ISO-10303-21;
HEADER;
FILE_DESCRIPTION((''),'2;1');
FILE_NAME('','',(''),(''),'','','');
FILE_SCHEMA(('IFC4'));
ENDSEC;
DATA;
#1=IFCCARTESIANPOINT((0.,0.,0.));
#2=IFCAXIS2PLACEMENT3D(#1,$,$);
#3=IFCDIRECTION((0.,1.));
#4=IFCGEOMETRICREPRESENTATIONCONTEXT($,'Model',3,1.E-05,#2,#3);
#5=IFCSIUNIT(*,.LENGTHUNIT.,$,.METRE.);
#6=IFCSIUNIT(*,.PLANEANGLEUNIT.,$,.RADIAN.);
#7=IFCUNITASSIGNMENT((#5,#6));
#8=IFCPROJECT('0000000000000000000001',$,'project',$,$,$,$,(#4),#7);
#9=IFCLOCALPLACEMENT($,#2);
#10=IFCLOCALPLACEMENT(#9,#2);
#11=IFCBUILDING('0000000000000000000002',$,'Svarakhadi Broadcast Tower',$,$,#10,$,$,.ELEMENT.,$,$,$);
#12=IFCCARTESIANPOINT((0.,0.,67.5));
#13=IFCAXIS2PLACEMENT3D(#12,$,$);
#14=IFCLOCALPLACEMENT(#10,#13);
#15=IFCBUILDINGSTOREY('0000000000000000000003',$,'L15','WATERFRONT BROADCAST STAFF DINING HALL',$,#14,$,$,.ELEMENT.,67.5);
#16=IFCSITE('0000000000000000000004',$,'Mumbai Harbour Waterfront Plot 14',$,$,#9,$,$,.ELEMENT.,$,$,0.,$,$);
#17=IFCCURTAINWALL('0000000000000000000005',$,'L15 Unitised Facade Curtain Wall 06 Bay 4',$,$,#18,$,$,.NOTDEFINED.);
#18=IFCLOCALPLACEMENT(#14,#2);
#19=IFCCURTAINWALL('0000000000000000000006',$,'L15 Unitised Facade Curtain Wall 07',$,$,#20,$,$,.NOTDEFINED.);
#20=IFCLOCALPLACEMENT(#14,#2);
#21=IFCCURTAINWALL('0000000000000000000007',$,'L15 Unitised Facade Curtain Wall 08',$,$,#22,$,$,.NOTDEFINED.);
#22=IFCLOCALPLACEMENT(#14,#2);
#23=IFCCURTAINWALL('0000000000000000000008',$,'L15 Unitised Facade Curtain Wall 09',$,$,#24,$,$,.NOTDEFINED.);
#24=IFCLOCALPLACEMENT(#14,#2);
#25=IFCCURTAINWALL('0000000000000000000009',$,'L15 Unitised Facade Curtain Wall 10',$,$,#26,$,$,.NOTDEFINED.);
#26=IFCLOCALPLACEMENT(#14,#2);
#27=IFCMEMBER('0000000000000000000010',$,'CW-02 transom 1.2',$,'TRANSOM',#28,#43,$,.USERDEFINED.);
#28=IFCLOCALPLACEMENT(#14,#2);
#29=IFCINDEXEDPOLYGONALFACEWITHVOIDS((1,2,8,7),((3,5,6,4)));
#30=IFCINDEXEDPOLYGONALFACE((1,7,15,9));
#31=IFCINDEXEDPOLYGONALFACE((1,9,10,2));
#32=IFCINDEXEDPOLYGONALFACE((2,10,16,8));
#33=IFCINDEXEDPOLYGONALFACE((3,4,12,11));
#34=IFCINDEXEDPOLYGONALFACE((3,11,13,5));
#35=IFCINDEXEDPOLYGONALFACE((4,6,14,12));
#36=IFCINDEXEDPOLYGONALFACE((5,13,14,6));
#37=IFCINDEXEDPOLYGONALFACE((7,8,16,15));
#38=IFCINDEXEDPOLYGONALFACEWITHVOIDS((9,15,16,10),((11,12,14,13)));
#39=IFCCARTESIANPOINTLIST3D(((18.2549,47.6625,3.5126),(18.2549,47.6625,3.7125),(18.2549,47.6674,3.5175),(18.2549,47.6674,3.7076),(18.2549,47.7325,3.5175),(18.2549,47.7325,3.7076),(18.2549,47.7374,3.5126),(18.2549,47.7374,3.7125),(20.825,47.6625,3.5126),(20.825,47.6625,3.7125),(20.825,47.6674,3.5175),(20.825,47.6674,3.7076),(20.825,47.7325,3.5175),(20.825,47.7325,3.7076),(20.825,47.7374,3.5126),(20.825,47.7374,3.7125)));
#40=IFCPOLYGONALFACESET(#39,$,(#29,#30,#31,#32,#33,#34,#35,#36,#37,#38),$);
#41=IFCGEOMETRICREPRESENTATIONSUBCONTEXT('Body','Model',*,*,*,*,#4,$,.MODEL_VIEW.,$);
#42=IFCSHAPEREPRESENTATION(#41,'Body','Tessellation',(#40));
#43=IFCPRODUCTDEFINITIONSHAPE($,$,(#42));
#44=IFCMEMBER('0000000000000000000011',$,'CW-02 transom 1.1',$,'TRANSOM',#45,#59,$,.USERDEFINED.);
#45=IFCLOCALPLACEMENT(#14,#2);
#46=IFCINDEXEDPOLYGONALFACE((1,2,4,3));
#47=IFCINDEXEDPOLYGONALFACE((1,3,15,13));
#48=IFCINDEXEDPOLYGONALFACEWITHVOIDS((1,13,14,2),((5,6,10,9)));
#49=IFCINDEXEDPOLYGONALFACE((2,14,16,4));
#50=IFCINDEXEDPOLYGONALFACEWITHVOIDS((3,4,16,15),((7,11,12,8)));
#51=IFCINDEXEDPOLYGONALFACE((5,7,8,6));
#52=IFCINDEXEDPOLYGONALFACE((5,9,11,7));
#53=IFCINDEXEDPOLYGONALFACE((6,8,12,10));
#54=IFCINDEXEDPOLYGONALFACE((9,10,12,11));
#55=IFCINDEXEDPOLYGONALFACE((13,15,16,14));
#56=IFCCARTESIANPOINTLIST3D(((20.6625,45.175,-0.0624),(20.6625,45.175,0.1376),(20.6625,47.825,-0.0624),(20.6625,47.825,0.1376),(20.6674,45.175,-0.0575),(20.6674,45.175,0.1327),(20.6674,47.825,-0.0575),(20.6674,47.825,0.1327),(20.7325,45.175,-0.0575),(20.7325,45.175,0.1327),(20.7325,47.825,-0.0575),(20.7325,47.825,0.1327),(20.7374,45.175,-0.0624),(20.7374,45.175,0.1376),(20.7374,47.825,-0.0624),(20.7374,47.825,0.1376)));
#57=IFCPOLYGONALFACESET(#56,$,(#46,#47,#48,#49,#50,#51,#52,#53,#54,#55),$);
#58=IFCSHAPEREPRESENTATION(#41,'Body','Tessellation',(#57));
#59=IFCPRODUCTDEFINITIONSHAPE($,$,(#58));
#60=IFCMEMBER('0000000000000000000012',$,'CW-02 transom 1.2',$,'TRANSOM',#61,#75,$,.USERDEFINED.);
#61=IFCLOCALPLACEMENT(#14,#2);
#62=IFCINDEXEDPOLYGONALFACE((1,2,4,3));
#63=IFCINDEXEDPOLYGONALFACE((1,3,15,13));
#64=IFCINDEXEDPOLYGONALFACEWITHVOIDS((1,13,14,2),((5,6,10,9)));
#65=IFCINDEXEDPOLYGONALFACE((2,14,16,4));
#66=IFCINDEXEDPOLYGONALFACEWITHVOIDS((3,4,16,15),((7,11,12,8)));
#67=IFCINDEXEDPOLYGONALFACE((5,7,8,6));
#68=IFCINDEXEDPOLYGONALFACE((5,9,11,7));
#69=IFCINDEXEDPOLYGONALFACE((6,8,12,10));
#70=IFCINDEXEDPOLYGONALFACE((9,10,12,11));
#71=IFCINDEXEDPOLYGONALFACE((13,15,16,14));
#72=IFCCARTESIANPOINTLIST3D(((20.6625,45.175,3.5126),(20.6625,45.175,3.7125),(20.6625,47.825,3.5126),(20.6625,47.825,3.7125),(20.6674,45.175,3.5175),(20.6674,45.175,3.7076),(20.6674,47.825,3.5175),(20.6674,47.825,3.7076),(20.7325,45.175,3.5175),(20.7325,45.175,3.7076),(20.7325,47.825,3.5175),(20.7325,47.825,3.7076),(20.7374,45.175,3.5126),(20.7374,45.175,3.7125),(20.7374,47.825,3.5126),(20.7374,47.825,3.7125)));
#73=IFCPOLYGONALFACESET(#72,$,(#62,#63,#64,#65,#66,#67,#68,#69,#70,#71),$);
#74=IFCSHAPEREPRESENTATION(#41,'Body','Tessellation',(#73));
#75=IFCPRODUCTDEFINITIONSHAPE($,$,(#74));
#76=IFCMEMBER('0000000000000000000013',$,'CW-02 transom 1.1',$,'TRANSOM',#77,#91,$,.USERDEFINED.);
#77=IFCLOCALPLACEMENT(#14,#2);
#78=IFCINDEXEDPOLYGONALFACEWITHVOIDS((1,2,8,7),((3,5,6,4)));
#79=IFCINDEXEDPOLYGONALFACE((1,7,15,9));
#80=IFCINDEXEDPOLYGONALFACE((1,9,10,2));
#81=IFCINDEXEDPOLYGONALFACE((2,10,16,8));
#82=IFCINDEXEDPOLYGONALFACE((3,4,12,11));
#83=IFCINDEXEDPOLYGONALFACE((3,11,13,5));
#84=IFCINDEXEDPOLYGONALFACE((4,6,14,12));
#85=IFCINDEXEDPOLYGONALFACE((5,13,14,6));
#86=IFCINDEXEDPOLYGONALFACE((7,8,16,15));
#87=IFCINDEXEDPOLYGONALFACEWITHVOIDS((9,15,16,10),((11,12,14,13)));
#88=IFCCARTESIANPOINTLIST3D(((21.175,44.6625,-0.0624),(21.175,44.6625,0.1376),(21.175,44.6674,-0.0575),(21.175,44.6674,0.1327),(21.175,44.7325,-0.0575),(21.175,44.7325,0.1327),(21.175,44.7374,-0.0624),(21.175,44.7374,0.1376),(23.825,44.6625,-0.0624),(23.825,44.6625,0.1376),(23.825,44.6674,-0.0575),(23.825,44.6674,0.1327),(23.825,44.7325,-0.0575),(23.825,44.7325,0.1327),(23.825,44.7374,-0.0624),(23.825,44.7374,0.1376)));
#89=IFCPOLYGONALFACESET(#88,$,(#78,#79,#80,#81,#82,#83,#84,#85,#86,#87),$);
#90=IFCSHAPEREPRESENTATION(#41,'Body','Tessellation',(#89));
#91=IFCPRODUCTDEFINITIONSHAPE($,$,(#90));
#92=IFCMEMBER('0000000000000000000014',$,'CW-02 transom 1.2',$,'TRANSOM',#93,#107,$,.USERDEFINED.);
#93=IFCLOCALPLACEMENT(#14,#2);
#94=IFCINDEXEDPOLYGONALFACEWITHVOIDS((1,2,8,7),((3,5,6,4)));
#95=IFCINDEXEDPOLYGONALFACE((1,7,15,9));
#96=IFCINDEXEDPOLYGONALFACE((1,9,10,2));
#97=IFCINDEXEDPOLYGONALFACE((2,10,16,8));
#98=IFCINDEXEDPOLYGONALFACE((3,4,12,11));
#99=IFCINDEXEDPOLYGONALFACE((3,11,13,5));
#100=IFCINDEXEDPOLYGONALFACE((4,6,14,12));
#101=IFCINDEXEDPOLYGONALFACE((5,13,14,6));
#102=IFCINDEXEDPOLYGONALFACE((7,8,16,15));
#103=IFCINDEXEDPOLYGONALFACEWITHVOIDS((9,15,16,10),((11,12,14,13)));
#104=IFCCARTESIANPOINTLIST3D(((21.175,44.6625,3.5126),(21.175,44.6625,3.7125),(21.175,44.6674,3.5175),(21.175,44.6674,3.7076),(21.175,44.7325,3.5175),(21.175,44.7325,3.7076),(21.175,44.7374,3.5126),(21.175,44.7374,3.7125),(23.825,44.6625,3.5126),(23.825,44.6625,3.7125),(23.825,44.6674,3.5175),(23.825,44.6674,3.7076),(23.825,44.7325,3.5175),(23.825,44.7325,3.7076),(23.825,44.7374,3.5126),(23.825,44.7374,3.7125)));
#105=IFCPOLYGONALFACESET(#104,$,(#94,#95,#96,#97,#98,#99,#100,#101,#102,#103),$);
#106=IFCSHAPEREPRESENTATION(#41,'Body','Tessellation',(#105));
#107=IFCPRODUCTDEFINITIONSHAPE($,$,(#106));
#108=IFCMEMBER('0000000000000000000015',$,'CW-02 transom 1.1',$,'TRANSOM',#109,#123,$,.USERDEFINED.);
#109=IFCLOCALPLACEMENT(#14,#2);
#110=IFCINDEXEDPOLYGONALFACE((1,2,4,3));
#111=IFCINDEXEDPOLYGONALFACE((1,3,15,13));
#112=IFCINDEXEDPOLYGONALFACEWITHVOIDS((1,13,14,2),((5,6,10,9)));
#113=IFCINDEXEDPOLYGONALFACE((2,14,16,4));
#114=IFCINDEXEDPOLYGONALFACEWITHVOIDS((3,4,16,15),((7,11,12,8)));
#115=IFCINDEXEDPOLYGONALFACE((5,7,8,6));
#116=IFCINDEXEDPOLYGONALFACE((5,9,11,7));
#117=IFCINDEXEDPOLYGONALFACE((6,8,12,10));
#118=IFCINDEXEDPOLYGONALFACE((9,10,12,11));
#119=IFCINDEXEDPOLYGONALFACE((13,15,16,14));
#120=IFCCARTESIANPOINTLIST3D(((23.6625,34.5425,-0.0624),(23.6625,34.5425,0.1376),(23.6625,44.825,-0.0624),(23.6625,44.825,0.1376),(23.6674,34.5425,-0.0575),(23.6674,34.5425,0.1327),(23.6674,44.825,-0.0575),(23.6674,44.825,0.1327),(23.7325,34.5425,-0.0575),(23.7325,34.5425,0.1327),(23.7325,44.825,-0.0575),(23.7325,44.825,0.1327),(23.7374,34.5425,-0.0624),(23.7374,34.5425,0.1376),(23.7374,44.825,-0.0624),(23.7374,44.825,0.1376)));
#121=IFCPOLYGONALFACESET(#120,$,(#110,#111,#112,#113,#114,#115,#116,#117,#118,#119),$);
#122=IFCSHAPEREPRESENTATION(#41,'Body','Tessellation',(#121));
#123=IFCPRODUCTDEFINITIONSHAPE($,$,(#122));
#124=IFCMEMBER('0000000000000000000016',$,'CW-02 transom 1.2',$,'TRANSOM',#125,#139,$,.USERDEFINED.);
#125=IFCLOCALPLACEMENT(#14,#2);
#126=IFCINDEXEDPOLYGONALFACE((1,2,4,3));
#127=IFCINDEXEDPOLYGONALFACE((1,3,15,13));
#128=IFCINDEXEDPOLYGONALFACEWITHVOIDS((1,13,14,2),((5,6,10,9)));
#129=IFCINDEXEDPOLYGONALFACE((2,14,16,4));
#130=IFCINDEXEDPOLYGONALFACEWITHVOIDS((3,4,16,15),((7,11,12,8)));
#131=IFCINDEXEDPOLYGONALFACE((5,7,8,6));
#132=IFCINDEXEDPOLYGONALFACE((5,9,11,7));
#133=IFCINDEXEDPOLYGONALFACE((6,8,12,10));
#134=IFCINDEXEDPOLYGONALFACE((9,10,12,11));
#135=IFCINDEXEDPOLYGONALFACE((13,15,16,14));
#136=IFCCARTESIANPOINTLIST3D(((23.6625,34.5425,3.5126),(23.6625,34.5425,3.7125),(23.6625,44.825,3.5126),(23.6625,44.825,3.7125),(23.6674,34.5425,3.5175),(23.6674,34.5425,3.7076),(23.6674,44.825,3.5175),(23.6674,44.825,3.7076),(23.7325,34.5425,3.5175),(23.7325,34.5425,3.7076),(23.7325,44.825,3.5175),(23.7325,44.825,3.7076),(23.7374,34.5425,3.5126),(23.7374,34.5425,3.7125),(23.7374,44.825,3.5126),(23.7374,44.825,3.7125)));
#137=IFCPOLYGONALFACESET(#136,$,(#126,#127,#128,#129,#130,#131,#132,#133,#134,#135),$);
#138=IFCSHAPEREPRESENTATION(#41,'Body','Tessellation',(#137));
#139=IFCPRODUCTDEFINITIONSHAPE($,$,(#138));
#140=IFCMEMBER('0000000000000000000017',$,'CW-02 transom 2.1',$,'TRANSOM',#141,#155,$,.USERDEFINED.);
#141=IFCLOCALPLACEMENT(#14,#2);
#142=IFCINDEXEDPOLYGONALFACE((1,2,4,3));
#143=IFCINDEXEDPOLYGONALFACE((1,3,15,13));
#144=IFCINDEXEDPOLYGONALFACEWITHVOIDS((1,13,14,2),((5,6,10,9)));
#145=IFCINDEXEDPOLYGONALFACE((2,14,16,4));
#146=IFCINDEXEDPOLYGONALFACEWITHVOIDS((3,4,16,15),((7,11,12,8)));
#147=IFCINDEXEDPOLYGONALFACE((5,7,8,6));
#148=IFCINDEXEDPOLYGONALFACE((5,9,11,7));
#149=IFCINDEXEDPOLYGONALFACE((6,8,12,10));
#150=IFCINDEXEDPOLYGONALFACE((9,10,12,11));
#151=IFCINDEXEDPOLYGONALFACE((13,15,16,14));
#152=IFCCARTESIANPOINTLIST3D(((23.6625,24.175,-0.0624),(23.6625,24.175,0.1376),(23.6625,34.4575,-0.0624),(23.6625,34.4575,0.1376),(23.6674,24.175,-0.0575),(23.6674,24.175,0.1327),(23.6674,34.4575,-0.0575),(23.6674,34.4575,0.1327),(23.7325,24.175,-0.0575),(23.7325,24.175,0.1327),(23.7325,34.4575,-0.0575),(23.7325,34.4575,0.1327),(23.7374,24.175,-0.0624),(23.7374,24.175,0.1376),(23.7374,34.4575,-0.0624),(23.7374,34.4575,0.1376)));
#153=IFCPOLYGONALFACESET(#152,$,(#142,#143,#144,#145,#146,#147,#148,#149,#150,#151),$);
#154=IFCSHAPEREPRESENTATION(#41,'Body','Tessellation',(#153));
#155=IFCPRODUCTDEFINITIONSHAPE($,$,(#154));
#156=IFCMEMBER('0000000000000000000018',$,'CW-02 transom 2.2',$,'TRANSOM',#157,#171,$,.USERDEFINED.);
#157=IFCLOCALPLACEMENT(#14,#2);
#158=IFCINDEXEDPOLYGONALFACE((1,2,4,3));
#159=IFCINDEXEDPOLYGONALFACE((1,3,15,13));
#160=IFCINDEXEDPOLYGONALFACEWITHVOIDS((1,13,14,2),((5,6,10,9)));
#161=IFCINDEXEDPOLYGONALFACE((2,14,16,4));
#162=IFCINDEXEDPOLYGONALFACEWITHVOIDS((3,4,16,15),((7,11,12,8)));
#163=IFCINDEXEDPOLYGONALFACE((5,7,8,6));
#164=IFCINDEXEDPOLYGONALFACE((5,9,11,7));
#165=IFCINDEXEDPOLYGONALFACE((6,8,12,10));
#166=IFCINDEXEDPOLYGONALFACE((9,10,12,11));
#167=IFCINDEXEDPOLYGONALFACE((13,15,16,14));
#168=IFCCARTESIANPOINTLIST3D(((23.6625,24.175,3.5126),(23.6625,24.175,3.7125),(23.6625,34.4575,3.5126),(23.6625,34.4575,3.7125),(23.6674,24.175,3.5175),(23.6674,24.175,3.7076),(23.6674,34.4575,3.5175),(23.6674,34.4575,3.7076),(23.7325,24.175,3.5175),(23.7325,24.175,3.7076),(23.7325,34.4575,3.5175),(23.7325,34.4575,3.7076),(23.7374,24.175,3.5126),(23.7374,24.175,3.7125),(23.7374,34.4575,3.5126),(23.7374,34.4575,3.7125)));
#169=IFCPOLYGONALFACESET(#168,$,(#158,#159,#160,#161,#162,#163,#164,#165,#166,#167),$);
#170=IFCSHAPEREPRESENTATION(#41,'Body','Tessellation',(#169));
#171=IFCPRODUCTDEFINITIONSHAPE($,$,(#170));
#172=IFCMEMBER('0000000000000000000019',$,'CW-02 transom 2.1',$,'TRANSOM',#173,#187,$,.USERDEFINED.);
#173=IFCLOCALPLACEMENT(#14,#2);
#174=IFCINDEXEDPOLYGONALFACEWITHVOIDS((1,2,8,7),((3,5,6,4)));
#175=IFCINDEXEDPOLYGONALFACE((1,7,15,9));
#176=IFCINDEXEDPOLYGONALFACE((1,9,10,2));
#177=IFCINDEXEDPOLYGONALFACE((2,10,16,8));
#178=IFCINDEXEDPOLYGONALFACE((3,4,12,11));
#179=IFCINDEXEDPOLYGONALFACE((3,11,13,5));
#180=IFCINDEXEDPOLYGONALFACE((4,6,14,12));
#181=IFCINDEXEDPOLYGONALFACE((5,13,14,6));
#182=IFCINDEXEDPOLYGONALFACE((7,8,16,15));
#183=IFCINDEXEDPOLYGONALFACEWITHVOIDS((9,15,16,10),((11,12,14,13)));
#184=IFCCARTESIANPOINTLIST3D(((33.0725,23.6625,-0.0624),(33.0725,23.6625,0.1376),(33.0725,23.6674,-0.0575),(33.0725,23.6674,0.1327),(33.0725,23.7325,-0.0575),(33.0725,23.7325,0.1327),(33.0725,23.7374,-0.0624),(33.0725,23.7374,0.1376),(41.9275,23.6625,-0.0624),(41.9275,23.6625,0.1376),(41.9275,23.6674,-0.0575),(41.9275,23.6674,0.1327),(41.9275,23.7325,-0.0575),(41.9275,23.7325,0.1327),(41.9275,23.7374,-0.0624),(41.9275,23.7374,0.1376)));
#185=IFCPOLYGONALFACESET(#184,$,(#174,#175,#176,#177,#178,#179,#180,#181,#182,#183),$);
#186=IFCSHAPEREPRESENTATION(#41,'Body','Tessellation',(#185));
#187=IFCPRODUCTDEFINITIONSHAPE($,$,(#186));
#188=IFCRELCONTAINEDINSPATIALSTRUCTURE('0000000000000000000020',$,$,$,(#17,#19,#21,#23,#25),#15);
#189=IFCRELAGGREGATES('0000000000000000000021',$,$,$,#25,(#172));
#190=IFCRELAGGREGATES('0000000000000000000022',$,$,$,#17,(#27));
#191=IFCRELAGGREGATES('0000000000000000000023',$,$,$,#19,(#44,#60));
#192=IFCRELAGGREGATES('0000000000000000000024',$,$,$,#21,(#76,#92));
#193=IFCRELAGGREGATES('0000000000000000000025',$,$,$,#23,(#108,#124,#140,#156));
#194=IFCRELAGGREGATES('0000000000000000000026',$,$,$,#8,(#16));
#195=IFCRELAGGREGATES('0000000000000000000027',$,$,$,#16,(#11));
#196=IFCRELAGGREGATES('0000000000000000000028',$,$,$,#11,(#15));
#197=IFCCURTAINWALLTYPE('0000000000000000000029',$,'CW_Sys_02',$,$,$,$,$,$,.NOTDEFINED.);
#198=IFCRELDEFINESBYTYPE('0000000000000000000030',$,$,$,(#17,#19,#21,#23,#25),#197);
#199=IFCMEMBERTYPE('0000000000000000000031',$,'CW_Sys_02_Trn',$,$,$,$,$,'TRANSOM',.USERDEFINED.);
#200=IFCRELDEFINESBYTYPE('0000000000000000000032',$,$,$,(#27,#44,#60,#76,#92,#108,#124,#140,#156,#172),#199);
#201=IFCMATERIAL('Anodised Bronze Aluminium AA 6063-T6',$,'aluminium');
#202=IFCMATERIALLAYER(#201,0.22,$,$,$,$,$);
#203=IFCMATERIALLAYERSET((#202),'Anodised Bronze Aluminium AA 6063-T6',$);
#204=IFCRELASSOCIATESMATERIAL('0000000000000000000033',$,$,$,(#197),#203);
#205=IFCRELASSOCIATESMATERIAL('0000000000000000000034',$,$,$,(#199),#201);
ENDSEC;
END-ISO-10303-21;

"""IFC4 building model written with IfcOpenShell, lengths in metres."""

from ifc_helpers import new_model, si_unit, direction, frame, origin, origin_2d, place, context, subcontext, project, spatial, hollow_rectangle, extrude, material, layer, layer_set, material_profile, profile_set, type_object, element, aggregate, save


model = new_model("IFC4")

# Units and contexts
model_context = context("Model", 3, precision=1e-05, world=origin(), true_north=direction((0.0, 1.0)))
body_context = subcontext(model_context, "Body", "Model", "MODEL_VIEW")
ifc_project = project(units=[si_unit("LENGTHUNIT", "METRE"), si_unit("PLANEANGLEUNIT", "RADIAN")], contexts=[model_context])

# Site, building, storey
site_placement = place(None, origin())
site = spatial("IfcSite", under=ifc_project, at=site_placement, Name="Mumbai Harbour Waterfront Plot 14", CompositionType="ELEMENT", RefElevation=0.0)
building_placement = place(site_placement, origin())
building = spatial("IfcBuilding", under=site, at=building_placement, Name="Svarakhadi Broadcast Tower", CompositionType="ELEMENT")
storey_placement = place(building_placement, frame((0.0, 0.0, 67.5)))
storey = spatial("IfcBuildingStorey", under=building, at=storey_placement, Name="L15", Description="WATERFRONT BROADCAST STAFF DINING HALL", CompositionType="ELEMENT", Elevation=67.5)

# Curtain walls
ifc_material_1 = material(Name="Anodised Bronze Aluminium AA 6063-T6", Category="aluminium")
ifc_layer_1 = layer(ifc_material_1, 0.22)
ifc_layer_set_1 = layer_set([ifc_layer_1], Name="Anodised Bronze Aluminium AA 6063-T6")
curtain_wall_type = type_object("IfcCurtainWallType", Name="CW_Sys_02", PredefinedType="NOTDEFINED", material=ifc_layer_set_1)
curtain_wall_1_placement = place(storey_placement, origin())
curtain_wall_1 = element("IfcCurtainWall", 1, at=curtain_wall_1_placement, inside=storey, type_object=curtain_wall_type, Name="L15 Unitised Facade Curtain Wall 06 Bay 4", PredefinedType="NOTDEFINED")
curtain_wall_2_placement = place(storey_placement, origin())
curtain_wall_2 = element("IfcCurtainWall", 2, at=curtain_wall_2_placement, inside=storey, type_object=curtain_wall_type, Name="L15 Unitised Facade Curtain Wall 07", PredefinedType="NOTDEFINED")
curtain_wall_3_placement = place(storey_placement, origin())
curtain_wall_3 = element("IfcCurtainWall", 3, at=curtain_wall_3_placement, inside=storey, type_object=curtain_wall_type, Name="L15 Unitised Facade Curtain Wall 08", PredefinedType="NOTDEFINED")
curtain_wall_4_placement = place(storey_placement, origin())
curtain_wall_4 = element("IfcCurtainWall", 4, at=curtain_wall_4_placement, inside=storey, type_object=curtain_wall_type, Name="L15 Unitised Facade Curtain Wall 09", PredefinedType="NOTDEFINED")

# Curtain wall
curtain_wall_5_placement = place(storey_placement, origin())
curtain_wall_5 = element("IfcCurtainWall", 5, at=curtain_wall_5_placement, inside=storey, type_object=curtain_wall_type, Name="L15 Unitised Facade Curtain Wall 10", PredefinedType="NOTDEFINED")

# Members
ifc_material_profile_1 = material_profile(ifc_material_1, hollow_rectangle(XDim=0.075, YDim=0.2, WallThickness=0.0049, at=origin_2d()), Name="ALU TRANSOM 200x75x5")
ifc_profile_set_1 = profile_set([ifc_material_profile_1], Name="Anodised Bronze Aluminium AA 6063-T6")
member_type_1 = type_object("IfcMemberType", Name="CW_Sys_02_Trn", ElementType="TRANSOM", PredefinedType="USERDEFINED", material=ifc_profile_set_1)
member_1_placement = place(storey_placement, frame((18.2549, 47.7, 3.6125), z_axis=(1.0, 0.0, 0.0), x_axis=(0.0, 1.0, 0.0)))
member_1 = element("IfcMember", 6, at=member_1_placement, type_object=member_type_1, Name="CW-02 transom 1.2", ObjectType="TRANSOM", PredefinedType="USERDEFINED", context=body_context, shape_type="SweptSolid", body=[
    extrude(hollow_rectangle(XDim=0.075, YDim=0.2, WallThickness=0.0049, at=origin_2d()), origin(), (0.0, 0.0, 1.0), 2.5701),
])
member_2_placement = place(storey_placement, frame((20.7, 47.825, 0.0376), z_axis=(0.0, -1.0, 0.0), x_axis=(1.0, 0.0, 0.0)))
member_2 = element("IfcMember", 7, at=member_2_placement, type_object=member_type_1, Name="CW-02 transom 1.1", ObjectType="TRANSOM", PredefinedType="USERDEFINED", context=body_context, shape_type="SweptSolid", body=[
    extrude(hollow_rectangle(XDim=0.075, YDim=0.2, WallThickness=0.0049, at=origin_2d()), origin(), (0.0, 0.0, 1.0), 2.6499),
])
member_3_placement = place(storey_placement, frame((20.7, 47.825, 3.6125), z_axis=(0.0, -1.0, 0.0), x_axis=(1.0, 0.0, 0.0)))
member_3 = element("IfcMember", 8, at=member_3_placement, type_object=member_type_1, Name="CW-02 transom 1.2", ObjectType="TRANSOM", PredefinedType="USERDEFINED", context=body_context, shape_type="SweptSolid", body=[
    extrude(hollow_rectangle(XDim=0.075, YDim=0.2, WallThickness=0.0049, at=origin_2d()), origin(), (0.0, 0.0, 1.0), 2.6499),
])
member_4_placement = place(storey_placement, frame((21.175, 44.7, 0.0376), z_axis=(1.0, 0.0, 0.0), x_axis=(0.0, 1.0, 0.0)))
member_4 = element("IfcMember", 9, at=member_4_placement, type_object=member_type_1, Name="CW-02 transom 1.1", ObjectType="TRANSOM", PredefinedType="USERDEFINED", context=body_context, shape_type="SweptSolid", body=[
    extrude(hollow_rectangle(XDim=0.075, YDim=0.2, WallThickness=0.0049, at=origin_2d()), origin(), (0.0, 0.0, 1.0), 2.6499),
])
member_5_placement = place(storey_placement, frame((21.175, 44.7, 3.6125), z_axis=(1.0, 0.0, 0.0), x_axis=(0.0, 1.0, 0.0)))
member_5 = element("IfcMember", 10, at=member_5_placement, type_object=member_type_1, Name="CW-02 transom 1.2", ObjectType="TRANSOM", PredefinedType="USERDEFINED", context=body_context, shape_type="SweptSolid", body=[
    extrude(hollow_rectangle(XDim=0.075, YDim=0.2, WallThickness=0.0049, at=origin_2d()), origin(), (0.0, 0.0, 1.0), 2.6499),
])
member_6_placement = place(storey_placement, frame((23.7, 44.825, 0.0376), z_axis=(0.0, -1.0, 0.0), x_axis=(1.0, 0.0, 0.0)))
member_6 = element("IfcMember", 11, at=member_6_placement, type_object=member_type_1, Name="CW-02 transom 1.1", ObjectType="TRANSOM", PredefinedType="USERDEFINED", context=body_context, shape_type="SweptSolid", body=[
    extrude(hollow_rectangle(XDim=0.075, YDim=0.2, WallThickness=0.0049, at=origin_2d()), origin(), (0.0, 0.0, 1.0), 10.2825),
])
member_7_placement = place(storey_placement, frame((23.7, 44.825, 3.6125), z_axis=(0.0, -1.0, 0.0), x_axis=(1.0, 0.0, 0.0)))
member_7 = element("IfcMember", 12, at=member_7_placement, type_object=member_type_1, Name="CW-02 transom 1.2", ObjectType="TRANSOM", PredefinedType="USERDEFINED", context=body_context, shape_type="SweptSolid", body=[
    extrude(hollow_rectangle(XDim=0.075, YDim=0.2, WallThickness=0.0049, at=origin_2d()), origin(), (0.0, 0.0, 1.0), 10.2825),
])
member_8_placement = place(storey_placement, frame((23.7, 34.4575, 0.0376), z_axis=(0.0, -1.0, 0.0), x_axis=(1.0, 0.0, 0.0)))
member_8 = element("IfcMember", 13, at=member_8_placement, type_object=member_type_1, Name="CW-02 transom 2.1", ObjectType="TRANSOM", PredefinedType="USERDEFINED", context=body_context, shape_type="SweptSolid", body=[
    extrude(hollow_rectangle(XDim=0.075, YDim=0.2, WallThickness=0.0049, at=origin_2d()), origin(), (0.0, 0.0, 1.0), 10.2825),
])
member_9_placement = place(storey_placement, frame((23.7, 34.4575, 3.6125), z_axis=(0.0, -1.0, 0.0), x_axis=(1.0, 0.0, 0.0)))
member_9 = element("IfcMember", 14, at=member_9_placement, type_object=member_type_1, Name="CW-02 transom 2.2", ObjectType="TRANSOM", PredefinedType="USERDEFINED", context=body_context, shape_type="SweptSolid", body=[
    extrude(hollow_rectangle(XDim=0.075, YDim=0.2, WallThickness=0.0049, at=origin_2d()), origin(), (0.0, 0.0, 1.0), 10.2825),
])
member_10_placement = place(storey_placement, frame((33.0725, 23.7, 0.0376), z_axis=(1.0, 0.0, 0.0), x_axis=(0.0, 1.0, 0.0)))
member_10 = element("IfcMember", 15, at=member_10_placement, type_object=member_type_1, Name="CW-02 transom 2.1", ObjectType="TRANSOM", PredefinedType="USERDEFINED", context=body_context, shape_type="SweptSolid", body=[
    extrude(hollow_rectangle(XDim=0.075, YDim=0.2, WallThickness=0.0049, at=origin_2d()), origin(), (0.0, 0.0, 1.0), 8.855),
])
aggregate(curtain_wall_5, [member_10])

aggregate(curtain_wall_1, [member_1])
aggregate(curtain_wall_2, [member_2, member_3])
aggregate(curtain_wall_3, [member_4, member_5])
aggregate(curtain_wall_4, [member_6, member_7, member_8, member_9])

save(model, "model.ifc")
